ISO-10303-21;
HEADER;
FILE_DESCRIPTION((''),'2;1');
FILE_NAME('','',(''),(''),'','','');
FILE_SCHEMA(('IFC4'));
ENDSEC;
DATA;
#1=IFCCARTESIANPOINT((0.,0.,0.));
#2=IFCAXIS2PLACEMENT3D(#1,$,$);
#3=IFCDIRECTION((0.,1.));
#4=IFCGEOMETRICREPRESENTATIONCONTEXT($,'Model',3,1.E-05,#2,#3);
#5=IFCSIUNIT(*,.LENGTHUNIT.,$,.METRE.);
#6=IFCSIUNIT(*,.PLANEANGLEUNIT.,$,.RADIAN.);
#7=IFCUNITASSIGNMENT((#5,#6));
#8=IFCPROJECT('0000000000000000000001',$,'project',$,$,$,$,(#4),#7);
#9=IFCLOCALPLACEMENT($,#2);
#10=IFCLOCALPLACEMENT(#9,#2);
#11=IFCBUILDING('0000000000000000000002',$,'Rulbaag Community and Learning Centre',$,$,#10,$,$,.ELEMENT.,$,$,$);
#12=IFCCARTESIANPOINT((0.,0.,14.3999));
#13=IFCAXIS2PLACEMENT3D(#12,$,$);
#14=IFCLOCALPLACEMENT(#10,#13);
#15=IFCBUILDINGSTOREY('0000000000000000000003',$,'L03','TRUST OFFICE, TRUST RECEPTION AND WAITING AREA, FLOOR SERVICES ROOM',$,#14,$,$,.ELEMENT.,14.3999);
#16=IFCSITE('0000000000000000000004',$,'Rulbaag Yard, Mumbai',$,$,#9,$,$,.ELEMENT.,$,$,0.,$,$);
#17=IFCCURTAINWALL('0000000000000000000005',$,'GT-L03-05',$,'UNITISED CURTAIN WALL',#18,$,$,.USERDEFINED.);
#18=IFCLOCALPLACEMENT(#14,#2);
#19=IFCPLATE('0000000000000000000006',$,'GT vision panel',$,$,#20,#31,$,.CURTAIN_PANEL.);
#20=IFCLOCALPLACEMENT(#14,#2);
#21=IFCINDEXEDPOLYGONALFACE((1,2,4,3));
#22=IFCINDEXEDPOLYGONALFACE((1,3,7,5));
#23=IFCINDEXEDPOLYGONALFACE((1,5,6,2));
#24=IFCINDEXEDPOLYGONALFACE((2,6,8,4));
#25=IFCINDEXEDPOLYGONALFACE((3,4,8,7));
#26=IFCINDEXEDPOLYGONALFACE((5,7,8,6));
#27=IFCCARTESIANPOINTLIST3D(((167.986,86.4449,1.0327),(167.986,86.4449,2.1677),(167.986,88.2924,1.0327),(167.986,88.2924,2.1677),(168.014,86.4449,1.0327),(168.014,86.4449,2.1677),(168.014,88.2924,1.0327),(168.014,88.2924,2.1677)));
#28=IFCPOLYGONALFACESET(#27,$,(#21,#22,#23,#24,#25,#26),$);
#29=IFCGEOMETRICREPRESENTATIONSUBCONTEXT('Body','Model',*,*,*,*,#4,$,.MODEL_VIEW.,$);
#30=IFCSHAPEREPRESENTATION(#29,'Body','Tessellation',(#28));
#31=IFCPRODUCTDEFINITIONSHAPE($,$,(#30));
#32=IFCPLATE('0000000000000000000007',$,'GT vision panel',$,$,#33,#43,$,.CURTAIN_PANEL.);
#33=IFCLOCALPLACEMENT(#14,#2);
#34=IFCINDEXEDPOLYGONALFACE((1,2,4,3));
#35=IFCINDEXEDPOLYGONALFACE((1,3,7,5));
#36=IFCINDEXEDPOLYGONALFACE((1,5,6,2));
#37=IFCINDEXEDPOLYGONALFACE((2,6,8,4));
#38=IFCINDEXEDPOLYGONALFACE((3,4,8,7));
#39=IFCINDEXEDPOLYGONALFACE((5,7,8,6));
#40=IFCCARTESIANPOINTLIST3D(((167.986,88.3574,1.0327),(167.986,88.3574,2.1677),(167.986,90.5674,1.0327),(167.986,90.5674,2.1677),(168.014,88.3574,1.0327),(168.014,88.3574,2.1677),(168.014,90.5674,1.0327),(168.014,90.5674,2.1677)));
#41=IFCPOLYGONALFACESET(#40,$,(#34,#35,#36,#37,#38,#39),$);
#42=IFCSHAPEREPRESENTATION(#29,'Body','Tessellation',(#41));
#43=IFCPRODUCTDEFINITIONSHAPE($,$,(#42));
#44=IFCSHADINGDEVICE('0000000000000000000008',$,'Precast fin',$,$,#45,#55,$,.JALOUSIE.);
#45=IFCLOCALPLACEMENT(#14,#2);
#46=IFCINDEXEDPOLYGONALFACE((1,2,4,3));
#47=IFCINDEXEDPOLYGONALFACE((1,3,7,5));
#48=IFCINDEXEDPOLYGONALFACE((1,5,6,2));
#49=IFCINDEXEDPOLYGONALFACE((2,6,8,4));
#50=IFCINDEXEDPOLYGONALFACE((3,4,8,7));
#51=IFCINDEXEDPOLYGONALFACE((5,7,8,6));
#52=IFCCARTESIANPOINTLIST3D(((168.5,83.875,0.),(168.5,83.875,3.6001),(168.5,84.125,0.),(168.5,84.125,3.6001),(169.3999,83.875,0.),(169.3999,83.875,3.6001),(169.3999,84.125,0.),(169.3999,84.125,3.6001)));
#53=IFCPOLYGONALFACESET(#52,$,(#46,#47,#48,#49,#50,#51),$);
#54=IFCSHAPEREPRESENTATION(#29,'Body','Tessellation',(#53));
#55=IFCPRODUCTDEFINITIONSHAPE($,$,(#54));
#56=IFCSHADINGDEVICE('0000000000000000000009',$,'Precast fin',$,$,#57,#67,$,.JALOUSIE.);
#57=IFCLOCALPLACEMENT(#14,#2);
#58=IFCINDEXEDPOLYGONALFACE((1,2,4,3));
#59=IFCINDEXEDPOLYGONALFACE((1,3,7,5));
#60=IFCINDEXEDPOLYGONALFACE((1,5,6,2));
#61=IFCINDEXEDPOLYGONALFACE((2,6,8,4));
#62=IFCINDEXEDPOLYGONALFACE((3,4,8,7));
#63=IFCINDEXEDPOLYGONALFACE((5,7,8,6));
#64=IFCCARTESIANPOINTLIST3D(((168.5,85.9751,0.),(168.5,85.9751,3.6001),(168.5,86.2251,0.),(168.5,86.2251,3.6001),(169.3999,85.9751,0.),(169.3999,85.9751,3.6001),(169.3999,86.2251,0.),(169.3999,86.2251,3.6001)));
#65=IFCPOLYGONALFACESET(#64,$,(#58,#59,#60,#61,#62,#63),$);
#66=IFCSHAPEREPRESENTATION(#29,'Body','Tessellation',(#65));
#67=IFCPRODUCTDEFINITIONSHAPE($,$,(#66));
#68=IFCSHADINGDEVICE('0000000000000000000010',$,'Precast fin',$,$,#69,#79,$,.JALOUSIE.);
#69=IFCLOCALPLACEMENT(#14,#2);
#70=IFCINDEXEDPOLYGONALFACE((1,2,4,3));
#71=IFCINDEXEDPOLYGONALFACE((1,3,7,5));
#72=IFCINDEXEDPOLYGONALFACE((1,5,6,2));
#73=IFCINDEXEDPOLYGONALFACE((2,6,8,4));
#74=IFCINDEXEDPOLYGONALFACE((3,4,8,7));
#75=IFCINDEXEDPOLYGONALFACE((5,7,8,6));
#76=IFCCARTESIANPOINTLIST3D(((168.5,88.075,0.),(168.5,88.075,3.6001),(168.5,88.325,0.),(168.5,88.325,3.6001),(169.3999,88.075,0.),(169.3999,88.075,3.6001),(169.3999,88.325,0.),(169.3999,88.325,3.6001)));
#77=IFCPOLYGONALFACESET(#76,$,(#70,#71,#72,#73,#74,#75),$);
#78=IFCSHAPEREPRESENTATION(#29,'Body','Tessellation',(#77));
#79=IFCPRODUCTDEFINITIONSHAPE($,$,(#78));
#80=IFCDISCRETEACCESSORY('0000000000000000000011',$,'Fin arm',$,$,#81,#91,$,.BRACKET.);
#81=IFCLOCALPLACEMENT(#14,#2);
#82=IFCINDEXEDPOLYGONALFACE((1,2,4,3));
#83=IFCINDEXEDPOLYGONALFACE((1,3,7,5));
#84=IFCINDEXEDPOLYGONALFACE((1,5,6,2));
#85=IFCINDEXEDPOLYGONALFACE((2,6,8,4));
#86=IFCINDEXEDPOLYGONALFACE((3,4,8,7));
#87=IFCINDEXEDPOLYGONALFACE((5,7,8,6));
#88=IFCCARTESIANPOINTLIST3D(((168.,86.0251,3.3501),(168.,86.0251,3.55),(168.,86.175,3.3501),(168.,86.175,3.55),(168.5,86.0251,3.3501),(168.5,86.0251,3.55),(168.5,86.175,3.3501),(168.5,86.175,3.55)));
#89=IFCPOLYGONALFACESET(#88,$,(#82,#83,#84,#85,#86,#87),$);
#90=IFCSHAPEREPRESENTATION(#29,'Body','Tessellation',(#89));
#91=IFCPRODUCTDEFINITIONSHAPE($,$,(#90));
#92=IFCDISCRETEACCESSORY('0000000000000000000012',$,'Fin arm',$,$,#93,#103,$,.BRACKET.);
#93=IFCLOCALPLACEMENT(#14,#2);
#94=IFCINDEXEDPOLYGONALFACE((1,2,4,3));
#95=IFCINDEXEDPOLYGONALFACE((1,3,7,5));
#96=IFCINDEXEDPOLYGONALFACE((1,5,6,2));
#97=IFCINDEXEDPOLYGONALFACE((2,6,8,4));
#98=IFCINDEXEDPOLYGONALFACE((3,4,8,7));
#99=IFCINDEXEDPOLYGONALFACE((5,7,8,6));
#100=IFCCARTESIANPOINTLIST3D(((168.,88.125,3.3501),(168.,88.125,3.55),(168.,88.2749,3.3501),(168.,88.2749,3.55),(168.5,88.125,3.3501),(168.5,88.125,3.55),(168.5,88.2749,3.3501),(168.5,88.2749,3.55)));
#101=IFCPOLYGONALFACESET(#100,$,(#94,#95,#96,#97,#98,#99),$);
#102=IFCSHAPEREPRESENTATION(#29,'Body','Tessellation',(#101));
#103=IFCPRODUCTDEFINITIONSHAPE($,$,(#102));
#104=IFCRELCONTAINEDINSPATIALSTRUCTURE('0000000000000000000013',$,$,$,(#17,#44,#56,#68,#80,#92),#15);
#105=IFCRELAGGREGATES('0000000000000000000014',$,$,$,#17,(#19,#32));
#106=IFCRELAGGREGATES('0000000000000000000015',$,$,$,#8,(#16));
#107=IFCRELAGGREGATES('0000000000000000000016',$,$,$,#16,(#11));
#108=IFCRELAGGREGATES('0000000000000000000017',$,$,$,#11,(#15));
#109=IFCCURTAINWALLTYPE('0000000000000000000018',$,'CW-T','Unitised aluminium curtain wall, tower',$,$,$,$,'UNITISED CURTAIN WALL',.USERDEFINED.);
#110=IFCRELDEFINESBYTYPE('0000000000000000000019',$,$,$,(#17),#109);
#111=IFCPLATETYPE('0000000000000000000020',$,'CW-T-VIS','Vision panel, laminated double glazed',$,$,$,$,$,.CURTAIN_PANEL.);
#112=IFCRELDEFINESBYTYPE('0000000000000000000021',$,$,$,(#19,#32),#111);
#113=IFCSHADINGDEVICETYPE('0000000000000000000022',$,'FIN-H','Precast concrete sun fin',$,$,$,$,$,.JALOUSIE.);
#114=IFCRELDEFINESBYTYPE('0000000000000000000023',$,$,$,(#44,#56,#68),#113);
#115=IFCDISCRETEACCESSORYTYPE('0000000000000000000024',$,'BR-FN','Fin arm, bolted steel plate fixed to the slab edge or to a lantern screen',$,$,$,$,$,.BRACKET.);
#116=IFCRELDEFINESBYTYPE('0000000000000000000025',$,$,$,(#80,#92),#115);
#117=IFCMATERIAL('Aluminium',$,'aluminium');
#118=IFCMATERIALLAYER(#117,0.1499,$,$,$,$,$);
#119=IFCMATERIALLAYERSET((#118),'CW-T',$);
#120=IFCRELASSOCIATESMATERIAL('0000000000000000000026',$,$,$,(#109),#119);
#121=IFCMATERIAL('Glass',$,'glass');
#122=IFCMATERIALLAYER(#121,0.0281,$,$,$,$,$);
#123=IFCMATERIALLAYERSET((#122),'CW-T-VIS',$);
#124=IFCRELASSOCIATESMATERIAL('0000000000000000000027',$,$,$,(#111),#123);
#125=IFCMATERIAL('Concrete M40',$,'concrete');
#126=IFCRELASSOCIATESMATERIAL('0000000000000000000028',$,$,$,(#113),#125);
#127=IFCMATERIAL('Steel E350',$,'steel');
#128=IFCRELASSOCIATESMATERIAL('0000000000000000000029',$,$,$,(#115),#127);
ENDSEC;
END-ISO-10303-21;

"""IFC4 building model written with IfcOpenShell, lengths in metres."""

from ifc_helpers import new_model, si_unit, direction, frame, origin, origin_2d, place, context, subcontext, project, spatial, rectangle, extrude, material, layer, layer_set, material_profile, profile_set, type_object, element, aggregate, save


model = new_model("IFC4")

# Units and contexts
model_context = context("Model", 3, precision=1e-05, world=origin(), true_north=direction((0.0, 1.0)))
body_context = subcontext(model_context, "Body", "Model", "MODEL_VIEW")
ifc_project = project(units=[si_unit("LENGTHUNIT", "METRE"), si_unit("PLANEANGLEUNIT", "RADIAN")], contexts=[model_context])

# Site, building, storey
site_placement = place(None, origin())
site = spatial("IfcSite", under=ifc_project, at=site_placement, Name="Rulbaag Yard, Mumbai", CompositionType="ELEMENT", RefElevation=0.0)
building_placement = place(site_placement, origin())
building = spatial("IfcBuilding", under=site, at=building_placement, Name="Rulbaag Community and Learning Centre", CompositionType="ELEMENT")
storey_placement = place(building_placement, frame((0.0, 0.0, 14.3999)))
storey = spatial("IfcBuildingStorey", under=building, at=storey_placement, Name="L03", Description="TRUST OFFICE, TRUST RECEPTION AND WAITING AREA, FLOOR SERVICES ROOM", CompositionType="ELEMENT", Elevation=14.3999)

# Shared definitions
ifc_material_1 = material(Name="Concrete M40", Category="concrete")

# Curtain wall
ifc_material_2 = material(Name="Aluminium", Category="aluminium")
ifc_layer_1 = layer(ifc_material_2, 0.1499)
ifc_layer_set_1 = layer_set([ifc_layer_1], Name="CW-T")
curtain_wall_type_1 = type_object("IfcCurtainWallType", Name="CW-T", Description="Unitised aluminium curtain wall, tower", ElementType="UNITISED CURTAIN WALL", PredefinedType="USERDEFINED", material=ifc_layer_set_1)
curtain_wall_1_placement = place(storey_placement, origin())
curtain_wall_1 = element("IfcCurtainWall", 1, at=curtain_wall_1_placement, inside=storey, type_object=curtain_wall_type_1, Name="GT-L03-05", ObjectType="UNITISED CURTAIN WALL", PredefinedType="USERDEFINED")

# Plates
ifc_material_3 = material(Name="Glass", Category="glass")
ifc_layer_2 = layer(ifc_material_3, 0.0281)
ifc_layer_set_2 = layer_set([ifc_layer_2], Name="CW-T-VIS")
plate_type_1 = type_object("IfcPlateType", Name="CW-T-VIS", Description="Vision panel, laminated double glazed", PredefinedType="CURTAIN_PANEL", material=ifc_layer_set_2)
plate_1_placement = place(storey_placement, frame((168.0, 87.3687, 1.0327), z_axis=(0.0, 0.0, 1.0), x_axis=(0.0, 1.0, 0.0)))
plate_1 = element("IfcPlate", 2, at=plate_1_placement, type_object=plate_type_1, Name="GT vision panel", PredefinedType="CURTAIN_PANEL", context=body_context, shape_type="SweptSolid", body=[
    extrude(rectangle(XDim=1.8474, YDim=0.0281, at=origin_2d()), origin(), (0.0, 0.0, 1.0), 1.135),
])
plate_2_placement = place(storey_placement, frame((168.0, 89.4624, 1.0327), z_axis=(0.0, 0.0, 1.0), x_axis=(0.0, 1.0, 0.0)))
plate_2 = element("IfcPlate", 3, at=plate_2_placement, type_object=plate_type_1, Name="GT vision panel", PredefinedType="CURTAIN_PANEL", context=body_context, shape_type="SweptSolid", body=[
    extrude(rectangle(XDim=2.21, YDim=0.0281, at=origin_2d()), origin(), (0.0, 0.0, 1.0), 1.135),
])
aggregate(curtain_wall_1, [plate_1, plate_2])

# Shading devices
ifc_material_profile_1 = material_profile(ifc_material_1, rectangle(XDim=0.25, YDim=0.8999, at=origin_2d()), Name="PC 250x900")
ifc_profile_set_1 = profile_set([ifc_material_profile_1], Name="Concrete M40")
shading_device_type = type_object("IfcShadingDeviceType", Name="FIN-H", Description="Precast concrete sun fin", PredefinedType="JALOUSIE", material=ifc_profile_set_1)
for number, where, z_axis, x_axis, name in (
    (4, (168.95, 84.0, 0.0), (0.0, 0.0, 1.0), (0.0, 1.0, 0.0), "Precast fin"),
    (5, (168.95, 86.1001, 0.0), (0.0, 0.0, 1.0), (0.0, 1.0, 0.0), "Precast fin"),
    (6, (168.95, 88.2, 0.0), (0.0, 0.0, 1.0), (0.0, 1.0, 0.0), "Precast fin"),
):
    element("IfcShadingDevice", number, at=place(storey_placement, frame(where, z_axis=z_axis, x_axis=x_axis)), inside=storey, type_object=shading_device_type, Name=name, PredefinedType="JALOUSIE", context=body_context, shape_type="SweptSolid", body=[
        extrude(rectangle(XDim=0.25, YDim=0.8999, at=origin_2d()), origin(), (0.0, 0.0, 1.0), 3.6001),
    ])

# Discrete accessories
ifc_material_4 = material(Name="Steel E350", Category="steel")
discrete_accessory_type = type_object("IfcDiscreteAccessoryType", Name="BR-FN", Description="Fin arm, bolted steel plate fixed to the slab edge or to a lantern screen", PredefinedType="BRACKET", material=ifc_material_4)
for number, where, z_axis, x_axis, name in (
    (7, (168.25, 86.1001, 3.3501), (0.0, 0.0, 1.0), (1.0, 0.0, 0.0), "Fin arm"),
    (8, (168.25, 88.2, 3.3501), (0.0, 0.0, 1.0), (1.0, 0.0, 0.0), "Fin arm"),
):
    element("IfcDiscreteAccessory", number, at=place(storey_placement, frame(where, z_axis=z_axis, x_axis=x_axis)), inside=storey, type_object=discrete_accessory_type, Name=name, PredefinedType="BRACKET", context=body_context, shape_type="SweptSolid", body=[
        extrude(rectangle(XDim=0.5, YDim=0.1499, at=origin_2d()), origin(), (0.0, 0.0, 1.0), 0.2),
    ])

save(model, "model.ifc")
